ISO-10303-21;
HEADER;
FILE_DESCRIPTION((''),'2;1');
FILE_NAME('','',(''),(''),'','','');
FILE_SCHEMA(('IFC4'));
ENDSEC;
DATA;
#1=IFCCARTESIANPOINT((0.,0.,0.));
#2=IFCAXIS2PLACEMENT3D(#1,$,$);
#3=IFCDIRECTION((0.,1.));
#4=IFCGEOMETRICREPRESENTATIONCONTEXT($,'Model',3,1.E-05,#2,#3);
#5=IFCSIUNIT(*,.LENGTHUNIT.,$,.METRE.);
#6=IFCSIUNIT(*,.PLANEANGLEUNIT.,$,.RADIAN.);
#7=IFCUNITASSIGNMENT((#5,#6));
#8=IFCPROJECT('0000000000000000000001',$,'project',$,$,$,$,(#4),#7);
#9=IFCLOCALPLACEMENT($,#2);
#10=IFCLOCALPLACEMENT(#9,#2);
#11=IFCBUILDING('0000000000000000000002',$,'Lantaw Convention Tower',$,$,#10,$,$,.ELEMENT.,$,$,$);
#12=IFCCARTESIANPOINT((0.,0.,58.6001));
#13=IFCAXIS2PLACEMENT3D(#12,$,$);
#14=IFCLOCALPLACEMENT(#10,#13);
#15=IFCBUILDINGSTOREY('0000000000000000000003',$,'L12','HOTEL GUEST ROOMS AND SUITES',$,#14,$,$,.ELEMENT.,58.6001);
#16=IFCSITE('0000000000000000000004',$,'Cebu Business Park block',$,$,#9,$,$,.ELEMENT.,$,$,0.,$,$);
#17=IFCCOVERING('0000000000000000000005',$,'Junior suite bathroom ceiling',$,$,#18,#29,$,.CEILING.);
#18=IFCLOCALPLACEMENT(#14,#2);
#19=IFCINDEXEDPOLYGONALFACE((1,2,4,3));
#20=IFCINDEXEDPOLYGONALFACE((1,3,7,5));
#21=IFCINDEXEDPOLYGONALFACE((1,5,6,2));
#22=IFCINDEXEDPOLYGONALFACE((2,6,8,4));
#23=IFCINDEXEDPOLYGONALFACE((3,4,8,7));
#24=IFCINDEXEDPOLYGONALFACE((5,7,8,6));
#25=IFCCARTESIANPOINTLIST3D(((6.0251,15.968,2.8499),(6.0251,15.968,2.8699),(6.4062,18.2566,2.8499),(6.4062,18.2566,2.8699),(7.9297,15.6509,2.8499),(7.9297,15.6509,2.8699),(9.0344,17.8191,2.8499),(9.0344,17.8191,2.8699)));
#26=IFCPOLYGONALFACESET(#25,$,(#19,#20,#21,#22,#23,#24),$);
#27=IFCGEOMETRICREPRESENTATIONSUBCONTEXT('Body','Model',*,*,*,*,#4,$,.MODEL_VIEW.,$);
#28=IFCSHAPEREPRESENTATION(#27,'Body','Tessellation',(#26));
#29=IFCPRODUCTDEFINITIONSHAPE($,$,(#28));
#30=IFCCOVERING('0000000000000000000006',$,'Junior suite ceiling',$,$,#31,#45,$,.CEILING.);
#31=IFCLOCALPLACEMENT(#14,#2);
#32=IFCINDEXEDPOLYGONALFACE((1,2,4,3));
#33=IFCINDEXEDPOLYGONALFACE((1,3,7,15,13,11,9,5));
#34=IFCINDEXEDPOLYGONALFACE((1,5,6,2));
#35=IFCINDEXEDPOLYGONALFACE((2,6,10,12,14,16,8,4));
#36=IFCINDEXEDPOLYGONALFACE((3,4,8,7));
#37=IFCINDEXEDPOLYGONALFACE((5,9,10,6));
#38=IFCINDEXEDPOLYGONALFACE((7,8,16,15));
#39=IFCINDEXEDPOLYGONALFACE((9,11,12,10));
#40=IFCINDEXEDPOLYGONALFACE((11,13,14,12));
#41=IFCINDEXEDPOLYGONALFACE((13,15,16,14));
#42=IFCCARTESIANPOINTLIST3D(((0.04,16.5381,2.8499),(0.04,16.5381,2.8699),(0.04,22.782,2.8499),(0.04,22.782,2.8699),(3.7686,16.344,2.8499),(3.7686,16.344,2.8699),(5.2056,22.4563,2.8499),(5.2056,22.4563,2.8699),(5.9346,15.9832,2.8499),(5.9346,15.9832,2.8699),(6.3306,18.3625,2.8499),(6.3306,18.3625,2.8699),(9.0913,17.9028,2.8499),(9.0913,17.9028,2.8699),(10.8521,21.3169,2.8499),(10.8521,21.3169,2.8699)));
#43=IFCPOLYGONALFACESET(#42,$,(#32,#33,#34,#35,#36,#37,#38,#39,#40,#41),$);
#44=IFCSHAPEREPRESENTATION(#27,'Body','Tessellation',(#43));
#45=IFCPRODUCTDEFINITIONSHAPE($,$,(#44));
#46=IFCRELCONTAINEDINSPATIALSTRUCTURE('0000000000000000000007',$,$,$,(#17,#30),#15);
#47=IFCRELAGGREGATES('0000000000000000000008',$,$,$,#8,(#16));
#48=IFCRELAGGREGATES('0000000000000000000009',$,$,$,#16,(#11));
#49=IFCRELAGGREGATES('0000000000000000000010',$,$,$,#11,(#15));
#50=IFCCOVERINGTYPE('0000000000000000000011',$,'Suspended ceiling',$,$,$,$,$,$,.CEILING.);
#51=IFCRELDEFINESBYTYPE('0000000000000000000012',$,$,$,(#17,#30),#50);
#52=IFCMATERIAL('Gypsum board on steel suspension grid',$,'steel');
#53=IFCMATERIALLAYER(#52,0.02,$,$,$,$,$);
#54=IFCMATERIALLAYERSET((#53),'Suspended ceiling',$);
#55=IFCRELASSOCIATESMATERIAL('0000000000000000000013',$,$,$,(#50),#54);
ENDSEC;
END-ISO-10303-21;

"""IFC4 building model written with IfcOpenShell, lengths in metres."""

from ifc_helpers import new_model, si_unit, direction, frame, origin, place, context, subcontext, project, spatial, polyline, outline, extrude, material, layer, layer_set, type_object, element, save


model = new_model("IFC4")

# Units and contexts
model_context = context("Model", 3, precision=1e-05, world=origin(), true_north=direction((0.0, 1.0)))
body_context = subcontext(model_context, "Body", "Model", "MODEL_VIEW")
ifc_project = project(units=[si_unit("LENGTHUNIT", "METRE"), si_unit("PLANEANGLEUNIT", "RADIAN")], contexts=[model_context])

# Site, building, storey
site_placement = place(None, origin())
site = spatial("IfcSite", under=ifc_project, at=site_placement, Name="Cebu Business Park block", CompositionType="ELEMENT", RefElevation=0.0)
building_placement = place(site_placement, origin())
building = spatial("IfcBuilding", under=site, at=building_placement, Name="Lantaw Convention Tower", CompositionType="ELEMENT")
storey_placement = place(building_placement, frame((0.0, 0.0, 58.6001)))
storey = spatial("IfcBuildingStorey", under=building, at=storey_placement, Name="L12", Description="HOTEL GUEST ROOMS AND SUITES", CompositionType="ELEMENT", Elevation=58.6001)

# Coverings
ifc_material_1 = material(Name="Gypsum board on steel suspension grid", Category="steel")
ifc_layer_1 = layer(ifc_material_1, 0.02)
ifc_layer_set_1 = layer_set([ifc_layer_1], Name="Suspended ceiling")
covering_type = type_object("IfcCoveringType", Name="Suspended ceiling", PredefinedType="CEILING", material=ifc_layer_set_1)
covering_1_placement = place(storey_placement, frame((0.0, 0.0, 2.8499)))
element("IfcCovering", 1, at=covering_1_placement, inside=storey, type_object=covering_type, Name="Junior suite bathroom ceiling", PredefinedType="CEILING", context=body_context, shape_type="SweptSolid", body=[
    extrude(outline(polyline([(7.9297, 15.6509), (9.0344, 17.8191), (6.4062, 18.2566), (6.0251, 15.968), (7.9297, 15.6509)])), origin(), (0.0, 0.0, 1.0), 0.02),
])
covering_2_placement = place(storey_placement, frame((0.0, 0.0, 2.8499)))
element("IfcCovering", 2, at=covering_2_placement, inside=storey, type_object=covering_type, Name="Junior suite ceiling", PredefinedType="CEILING", context=body_context, shape_type="SweptSolid", body=[
    extrude(outline(polyline([(0.04, 16.5381), (3.7686, 16.344), (5.9346, 15.9832), (6.3306, 18.3625), (9.0913, 17.9028), (10.8521, 21.3169), (5.2056, 22.4563), (0.04, 22.782), (0.04, 16.5381)])), origin(), (0.0, 0.0, 1.0), 0.02),
])

save(model, "model.ifc")
